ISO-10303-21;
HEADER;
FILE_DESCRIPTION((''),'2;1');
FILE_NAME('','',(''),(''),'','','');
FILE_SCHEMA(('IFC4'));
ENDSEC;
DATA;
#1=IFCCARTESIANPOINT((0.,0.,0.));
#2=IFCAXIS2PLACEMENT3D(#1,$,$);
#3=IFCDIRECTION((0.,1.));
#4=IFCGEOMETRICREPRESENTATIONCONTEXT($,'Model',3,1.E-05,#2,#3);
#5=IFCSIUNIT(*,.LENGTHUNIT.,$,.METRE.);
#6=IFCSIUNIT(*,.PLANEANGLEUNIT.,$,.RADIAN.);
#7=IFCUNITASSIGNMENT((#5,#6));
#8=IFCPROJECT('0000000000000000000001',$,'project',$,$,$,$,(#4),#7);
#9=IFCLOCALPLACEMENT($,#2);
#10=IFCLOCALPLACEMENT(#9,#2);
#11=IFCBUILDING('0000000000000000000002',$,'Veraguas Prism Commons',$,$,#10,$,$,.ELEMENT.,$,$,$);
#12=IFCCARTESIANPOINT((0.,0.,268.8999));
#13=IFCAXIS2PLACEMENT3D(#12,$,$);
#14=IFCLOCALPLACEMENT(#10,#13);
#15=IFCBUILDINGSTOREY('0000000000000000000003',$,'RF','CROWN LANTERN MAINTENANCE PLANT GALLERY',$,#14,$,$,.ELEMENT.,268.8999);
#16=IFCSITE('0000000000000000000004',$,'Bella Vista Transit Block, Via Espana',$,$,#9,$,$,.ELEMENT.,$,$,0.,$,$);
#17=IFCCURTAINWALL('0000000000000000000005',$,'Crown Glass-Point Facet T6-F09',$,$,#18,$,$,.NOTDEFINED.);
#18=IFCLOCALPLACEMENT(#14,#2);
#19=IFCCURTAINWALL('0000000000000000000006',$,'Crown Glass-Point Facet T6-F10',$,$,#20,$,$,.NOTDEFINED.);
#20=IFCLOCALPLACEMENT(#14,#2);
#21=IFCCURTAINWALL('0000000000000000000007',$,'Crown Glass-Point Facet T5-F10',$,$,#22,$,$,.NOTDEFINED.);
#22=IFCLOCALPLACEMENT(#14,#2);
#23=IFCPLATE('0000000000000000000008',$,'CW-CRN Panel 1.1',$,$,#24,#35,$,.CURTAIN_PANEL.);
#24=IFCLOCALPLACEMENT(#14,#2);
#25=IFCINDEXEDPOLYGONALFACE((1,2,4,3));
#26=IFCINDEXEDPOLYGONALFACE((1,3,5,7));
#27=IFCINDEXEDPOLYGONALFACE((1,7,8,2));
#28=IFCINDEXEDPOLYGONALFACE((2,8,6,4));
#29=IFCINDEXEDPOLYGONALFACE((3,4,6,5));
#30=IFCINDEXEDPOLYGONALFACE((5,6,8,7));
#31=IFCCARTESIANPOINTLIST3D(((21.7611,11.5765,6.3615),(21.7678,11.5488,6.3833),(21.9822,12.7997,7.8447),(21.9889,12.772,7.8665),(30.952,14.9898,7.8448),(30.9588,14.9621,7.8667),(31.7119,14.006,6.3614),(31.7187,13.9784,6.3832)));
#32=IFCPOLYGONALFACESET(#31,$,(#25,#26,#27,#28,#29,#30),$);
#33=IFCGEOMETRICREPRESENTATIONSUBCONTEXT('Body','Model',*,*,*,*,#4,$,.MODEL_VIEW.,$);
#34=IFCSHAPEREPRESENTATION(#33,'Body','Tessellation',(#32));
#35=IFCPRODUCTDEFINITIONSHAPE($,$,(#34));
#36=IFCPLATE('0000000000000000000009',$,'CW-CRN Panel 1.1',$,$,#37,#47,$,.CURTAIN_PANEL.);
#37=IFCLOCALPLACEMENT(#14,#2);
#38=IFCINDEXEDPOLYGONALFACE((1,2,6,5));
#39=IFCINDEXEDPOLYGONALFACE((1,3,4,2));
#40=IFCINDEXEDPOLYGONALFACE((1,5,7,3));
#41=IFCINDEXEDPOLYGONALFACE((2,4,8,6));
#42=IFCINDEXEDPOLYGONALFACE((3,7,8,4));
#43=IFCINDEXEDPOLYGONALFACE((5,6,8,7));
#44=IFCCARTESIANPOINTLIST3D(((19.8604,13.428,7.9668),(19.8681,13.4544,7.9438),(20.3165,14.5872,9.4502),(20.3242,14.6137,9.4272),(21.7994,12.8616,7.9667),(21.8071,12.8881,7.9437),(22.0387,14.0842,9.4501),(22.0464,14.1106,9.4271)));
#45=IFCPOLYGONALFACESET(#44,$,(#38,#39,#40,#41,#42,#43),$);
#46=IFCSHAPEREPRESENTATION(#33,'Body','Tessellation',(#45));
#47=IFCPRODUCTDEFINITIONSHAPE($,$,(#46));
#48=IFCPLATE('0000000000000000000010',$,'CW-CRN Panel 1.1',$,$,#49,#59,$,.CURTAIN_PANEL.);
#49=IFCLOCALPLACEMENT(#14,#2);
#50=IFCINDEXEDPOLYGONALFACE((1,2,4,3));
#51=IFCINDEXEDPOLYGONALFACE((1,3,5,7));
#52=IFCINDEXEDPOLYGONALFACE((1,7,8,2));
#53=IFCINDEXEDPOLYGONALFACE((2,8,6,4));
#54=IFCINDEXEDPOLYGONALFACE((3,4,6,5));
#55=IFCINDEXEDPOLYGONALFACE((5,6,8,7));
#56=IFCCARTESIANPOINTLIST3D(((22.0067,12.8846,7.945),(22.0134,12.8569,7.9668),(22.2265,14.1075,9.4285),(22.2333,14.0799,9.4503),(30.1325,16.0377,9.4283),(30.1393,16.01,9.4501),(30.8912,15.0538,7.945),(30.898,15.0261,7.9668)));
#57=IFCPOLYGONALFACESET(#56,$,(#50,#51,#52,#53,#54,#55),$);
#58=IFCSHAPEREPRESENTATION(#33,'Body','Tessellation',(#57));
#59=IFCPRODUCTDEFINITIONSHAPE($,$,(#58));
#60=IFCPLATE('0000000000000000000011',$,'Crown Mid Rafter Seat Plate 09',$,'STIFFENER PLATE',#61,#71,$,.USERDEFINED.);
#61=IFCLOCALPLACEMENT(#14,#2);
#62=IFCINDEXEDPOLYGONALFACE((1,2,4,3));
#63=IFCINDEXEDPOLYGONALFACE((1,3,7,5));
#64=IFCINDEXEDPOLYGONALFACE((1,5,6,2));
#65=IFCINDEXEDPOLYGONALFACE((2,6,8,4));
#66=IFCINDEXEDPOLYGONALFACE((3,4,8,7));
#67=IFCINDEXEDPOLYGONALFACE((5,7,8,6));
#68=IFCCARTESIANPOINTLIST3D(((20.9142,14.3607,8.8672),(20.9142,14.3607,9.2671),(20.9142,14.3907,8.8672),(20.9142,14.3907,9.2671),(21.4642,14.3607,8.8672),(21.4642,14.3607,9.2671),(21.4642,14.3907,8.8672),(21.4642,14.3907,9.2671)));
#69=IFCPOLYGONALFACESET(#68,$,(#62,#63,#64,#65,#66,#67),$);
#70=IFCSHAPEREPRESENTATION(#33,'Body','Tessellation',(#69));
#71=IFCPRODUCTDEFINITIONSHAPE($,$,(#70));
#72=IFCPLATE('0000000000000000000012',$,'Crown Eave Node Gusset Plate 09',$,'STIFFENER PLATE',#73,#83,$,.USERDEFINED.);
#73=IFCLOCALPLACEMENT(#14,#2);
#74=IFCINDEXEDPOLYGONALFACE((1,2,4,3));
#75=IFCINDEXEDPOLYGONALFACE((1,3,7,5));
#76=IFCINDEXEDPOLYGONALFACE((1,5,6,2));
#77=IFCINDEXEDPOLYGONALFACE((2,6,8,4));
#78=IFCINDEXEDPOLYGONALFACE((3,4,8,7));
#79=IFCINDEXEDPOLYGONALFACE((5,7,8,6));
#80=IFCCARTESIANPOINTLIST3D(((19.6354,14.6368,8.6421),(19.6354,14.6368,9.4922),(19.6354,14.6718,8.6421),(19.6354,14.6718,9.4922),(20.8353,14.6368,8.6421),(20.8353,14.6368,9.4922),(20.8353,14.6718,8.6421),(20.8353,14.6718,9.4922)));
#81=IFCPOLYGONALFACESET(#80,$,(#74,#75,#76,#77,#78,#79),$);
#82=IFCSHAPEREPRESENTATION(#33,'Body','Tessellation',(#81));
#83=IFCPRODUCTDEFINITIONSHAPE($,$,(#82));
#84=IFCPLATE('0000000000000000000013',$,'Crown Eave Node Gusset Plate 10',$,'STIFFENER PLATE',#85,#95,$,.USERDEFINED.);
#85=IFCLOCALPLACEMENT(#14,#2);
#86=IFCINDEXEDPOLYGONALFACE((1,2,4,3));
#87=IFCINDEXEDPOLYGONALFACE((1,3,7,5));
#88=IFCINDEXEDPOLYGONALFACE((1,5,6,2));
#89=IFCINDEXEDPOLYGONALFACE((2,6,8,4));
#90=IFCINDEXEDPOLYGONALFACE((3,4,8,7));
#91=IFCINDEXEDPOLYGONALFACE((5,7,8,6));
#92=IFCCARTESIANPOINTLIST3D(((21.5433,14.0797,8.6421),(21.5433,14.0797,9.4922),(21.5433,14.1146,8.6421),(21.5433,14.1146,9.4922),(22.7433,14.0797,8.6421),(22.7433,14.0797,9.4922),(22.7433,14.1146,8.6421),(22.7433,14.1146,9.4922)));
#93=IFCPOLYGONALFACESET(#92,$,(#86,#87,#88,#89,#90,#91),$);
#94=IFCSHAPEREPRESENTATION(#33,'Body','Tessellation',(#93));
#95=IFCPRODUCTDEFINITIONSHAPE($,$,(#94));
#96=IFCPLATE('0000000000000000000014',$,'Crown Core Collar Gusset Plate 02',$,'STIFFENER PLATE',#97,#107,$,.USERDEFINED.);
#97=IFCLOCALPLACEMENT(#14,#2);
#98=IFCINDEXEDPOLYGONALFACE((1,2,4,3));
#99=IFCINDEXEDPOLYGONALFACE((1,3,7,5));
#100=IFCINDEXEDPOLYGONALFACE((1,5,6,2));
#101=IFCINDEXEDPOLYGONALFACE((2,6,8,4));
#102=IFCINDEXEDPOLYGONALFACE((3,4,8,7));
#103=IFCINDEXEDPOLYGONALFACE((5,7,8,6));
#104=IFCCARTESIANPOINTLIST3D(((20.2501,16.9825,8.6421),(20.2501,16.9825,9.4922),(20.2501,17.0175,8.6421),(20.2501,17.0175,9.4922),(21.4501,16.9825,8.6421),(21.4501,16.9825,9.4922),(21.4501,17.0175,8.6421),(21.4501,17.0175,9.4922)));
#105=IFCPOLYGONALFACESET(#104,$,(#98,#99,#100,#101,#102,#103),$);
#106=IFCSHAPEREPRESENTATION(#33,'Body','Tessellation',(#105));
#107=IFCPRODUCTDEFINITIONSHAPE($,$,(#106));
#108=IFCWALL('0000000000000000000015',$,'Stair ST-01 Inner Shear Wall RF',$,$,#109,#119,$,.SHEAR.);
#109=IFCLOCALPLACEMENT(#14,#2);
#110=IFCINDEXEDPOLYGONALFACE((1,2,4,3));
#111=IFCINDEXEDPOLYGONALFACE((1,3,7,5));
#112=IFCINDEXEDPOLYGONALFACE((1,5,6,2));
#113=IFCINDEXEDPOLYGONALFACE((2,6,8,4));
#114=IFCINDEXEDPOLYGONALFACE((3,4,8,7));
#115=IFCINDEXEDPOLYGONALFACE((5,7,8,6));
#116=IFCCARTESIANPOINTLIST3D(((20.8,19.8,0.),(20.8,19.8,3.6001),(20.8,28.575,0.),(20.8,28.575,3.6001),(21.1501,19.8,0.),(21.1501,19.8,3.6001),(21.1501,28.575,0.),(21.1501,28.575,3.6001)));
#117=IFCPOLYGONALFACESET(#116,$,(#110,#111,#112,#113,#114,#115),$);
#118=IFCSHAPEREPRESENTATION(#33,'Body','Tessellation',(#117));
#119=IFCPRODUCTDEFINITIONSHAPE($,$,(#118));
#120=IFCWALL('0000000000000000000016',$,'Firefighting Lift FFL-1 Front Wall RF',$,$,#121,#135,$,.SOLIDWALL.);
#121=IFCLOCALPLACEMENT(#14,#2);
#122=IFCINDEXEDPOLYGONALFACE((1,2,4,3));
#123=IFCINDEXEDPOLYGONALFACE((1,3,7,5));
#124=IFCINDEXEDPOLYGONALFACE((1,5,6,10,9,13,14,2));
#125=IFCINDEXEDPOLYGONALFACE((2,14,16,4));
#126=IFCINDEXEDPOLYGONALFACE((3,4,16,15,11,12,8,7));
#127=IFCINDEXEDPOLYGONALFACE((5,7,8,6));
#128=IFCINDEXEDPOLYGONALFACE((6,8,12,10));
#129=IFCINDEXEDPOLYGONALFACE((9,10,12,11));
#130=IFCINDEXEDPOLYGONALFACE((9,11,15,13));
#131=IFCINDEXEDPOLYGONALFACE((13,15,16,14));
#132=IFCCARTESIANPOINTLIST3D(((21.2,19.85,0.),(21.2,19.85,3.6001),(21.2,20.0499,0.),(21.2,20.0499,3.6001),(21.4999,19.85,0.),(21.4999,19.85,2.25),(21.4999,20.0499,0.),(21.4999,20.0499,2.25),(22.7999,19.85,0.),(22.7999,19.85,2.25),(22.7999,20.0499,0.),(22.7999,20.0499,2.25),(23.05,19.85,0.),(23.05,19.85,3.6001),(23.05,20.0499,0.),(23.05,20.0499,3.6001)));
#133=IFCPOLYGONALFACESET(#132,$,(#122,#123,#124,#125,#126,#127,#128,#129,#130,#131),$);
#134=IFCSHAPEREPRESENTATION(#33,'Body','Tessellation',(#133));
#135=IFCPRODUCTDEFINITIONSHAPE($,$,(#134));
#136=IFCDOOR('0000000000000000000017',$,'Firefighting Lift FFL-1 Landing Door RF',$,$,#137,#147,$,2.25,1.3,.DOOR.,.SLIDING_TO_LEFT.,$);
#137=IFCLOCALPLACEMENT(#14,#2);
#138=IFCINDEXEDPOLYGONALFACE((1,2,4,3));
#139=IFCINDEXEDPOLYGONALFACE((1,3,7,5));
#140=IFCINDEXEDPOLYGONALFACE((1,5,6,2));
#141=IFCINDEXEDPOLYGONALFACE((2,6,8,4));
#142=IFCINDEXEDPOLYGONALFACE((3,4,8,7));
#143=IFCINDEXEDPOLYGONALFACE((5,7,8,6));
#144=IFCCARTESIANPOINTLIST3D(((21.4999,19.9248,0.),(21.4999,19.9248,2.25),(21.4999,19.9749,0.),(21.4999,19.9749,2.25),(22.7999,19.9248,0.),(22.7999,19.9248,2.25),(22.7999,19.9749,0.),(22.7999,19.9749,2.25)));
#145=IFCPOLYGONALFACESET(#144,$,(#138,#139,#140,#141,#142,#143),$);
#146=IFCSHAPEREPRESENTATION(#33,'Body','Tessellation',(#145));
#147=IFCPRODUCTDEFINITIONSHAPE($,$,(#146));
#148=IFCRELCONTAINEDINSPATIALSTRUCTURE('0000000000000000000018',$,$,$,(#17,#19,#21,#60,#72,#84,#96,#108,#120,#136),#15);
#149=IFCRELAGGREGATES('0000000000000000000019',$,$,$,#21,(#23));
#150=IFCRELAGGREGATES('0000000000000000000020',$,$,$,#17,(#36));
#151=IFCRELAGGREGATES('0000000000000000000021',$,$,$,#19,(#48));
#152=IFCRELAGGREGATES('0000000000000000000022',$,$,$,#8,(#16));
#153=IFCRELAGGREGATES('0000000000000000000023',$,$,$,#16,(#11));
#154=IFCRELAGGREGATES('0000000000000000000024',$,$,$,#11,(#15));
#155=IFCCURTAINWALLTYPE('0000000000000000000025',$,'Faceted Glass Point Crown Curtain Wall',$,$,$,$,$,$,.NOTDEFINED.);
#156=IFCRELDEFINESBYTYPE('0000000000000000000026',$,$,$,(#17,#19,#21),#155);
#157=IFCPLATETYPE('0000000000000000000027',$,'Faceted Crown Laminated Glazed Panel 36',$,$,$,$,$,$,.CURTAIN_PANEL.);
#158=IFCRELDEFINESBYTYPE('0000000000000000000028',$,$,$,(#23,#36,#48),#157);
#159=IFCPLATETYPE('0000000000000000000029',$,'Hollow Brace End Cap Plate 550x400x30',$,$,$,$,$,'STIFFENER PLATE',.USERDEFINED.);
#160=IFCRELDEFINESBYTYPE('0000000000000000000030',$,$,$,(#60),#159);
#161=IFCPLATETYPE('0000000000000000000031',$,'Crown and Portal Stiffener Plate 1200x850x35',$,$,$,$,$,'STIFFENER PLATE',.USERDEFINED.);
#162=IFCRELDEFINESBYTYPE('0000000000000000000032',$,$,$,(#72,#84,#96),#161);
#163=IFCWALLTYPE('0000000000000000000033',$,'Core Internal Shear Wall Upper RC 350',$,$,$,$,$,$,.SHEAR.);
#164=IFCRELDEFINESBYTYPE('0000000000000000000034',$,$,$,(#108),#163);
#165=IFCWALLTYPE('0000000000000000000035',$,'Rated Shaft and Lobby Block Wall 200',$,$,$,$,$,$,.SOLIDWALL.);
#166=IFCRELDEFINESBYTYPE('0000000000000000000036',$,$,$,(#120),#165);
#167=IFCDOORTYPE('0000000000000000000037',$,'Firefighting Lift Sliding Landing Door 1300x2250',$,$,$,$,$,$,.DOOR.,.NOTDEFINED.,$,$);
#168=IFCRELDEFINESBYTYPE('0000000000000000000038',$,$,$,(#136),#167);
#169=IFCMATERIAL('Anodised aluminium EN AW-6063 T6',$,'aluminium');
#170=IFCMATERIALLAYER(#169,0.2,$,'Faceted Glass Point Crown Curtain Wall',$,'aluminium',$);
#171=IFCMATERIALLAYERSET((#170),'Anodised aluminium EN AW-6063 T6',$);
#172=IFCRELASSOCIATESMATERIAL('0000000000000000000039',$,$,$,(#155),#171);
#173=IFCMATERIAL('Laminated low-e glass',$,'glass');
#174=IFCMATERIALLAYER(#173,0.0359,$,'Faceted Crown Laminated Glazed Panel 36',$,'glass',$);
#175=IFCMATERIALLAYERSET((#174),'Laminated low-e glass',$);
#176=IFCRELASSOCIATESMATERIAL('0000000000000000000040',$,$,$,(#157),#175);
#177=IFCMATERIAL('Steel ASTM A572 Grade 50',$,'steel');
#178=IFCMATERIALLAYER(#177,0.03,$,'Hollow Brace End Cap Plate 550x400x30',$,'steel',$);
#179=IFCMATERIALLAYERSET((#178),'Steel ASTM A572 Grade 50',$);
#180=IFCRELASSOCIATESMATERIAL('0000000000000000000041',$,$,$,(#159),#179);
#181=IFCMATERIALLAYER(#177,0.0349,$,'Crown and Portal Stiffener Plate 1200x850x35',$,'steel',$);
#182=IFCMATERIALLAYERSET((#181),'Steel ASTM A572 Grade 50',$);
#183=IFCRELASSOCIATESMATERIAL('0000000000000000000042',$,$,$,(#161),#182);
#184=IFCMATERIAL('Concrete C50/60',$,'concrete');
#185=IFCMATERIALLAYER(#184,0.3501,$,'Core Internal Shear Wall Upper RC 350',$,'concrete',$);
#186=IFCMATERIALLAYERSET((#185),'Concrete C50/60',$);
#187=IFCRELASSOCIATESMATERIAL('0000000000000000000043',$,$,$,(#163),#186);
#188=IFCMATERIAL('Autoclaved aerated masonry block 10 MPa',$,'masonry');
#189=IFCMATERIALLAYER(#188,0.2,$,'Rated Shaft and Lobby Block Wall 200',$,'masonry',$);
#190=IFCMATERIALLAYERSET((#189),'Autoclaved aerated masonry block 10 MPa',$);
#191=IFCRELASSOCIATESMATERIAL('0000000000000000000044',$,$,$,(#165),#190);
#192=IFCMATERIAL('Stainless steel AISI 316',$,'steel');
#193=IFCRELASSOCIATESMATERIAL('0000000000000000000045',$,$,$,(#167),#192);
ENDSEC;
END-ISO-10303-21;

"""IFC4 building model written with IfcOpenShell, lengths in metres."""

from ifc_helpers import new_model, si_unit, direction, frame, frame_2d, origin, origin_2d, place, context, subcontext, project, spatial, polyline, rectangle, outline, extrude, source, transform, mapped, material, layer, layer_set, type_object, element, fill, aggregate, save


model = new_model("IFC4")

# Units and contexts
model_context = context("Model", 3, precision=1e-05, world=origin(), true_north=direction((0.0, 1.0)))
body_context = subcontext(model_context, "Body", "Model", "MODEL_VIEW")
ifc_project = project(units=[si_unit("LENGTHUNIT", "METRE"), si_unit("PLANEANGLEUNIT", "RADIAN")], contexts=[model_context])

# Site, building, storey
site_placement = place(None, origin())
site = spatial("IfcSite", under=ifc_project, at=site_placement, Name="Bella Vista Transit Block, Via Espana", CompositionType="ELEMENT", RefElevation=0.0)
building_placement = place(site_placement, origin())
building = spatial("IfcBuilding", under=site, at=building_placement, Name="Veraguas Prism Commons", CompositionType="ELEMENT")
storey_placement = place(building_placement, frame((0.0, 0.0, 268.8999)))
storey = spatial("IfcBuildingStorey", under=building, at=storey_placement, Name="RF", Description="CROWN LANTERN MAINTENANCE PLANT GALLERY", CompositionType="ELEMENT", Elevation=268.8999)

# Shared definitions
ifc_material_1 = material(Name="Concrete C50/60", Category="concrete")

# Curtain wall
ifc_material_2 = material(Name="Anodised aluminium EN AW-6063 T6", Category="aluminium")
ifc_layer_1 = layer(ifc_material_2, 0.2, Name="Faceted Glass Point Crown Curtain Wall", Category="aluminium")
ifc_layer_set_1 = layer_set([ifc_layer_1], Name="Anodised aluminium EN AW-6063 T6")
curtain_wall_type = type_object("IfcCurtainWallType", Name="Faceted Glass Point Crown Curtain Wall", PredefinedType="NOTDEFINED", material=ifc_layer_set_1)
curtain_wall_1_placement = place(storey_placement, origin())
curtain_wall_1 = element("IfcCurtainWall", 1, at=curtain_wall_1_placement, inside=storey, type_object=curtain_wall_type, Name="Crown Glass-Point Facet T6-F09", PredefinedType="NOTDEFINED")

# Curtain wall
curtain_wall_2_placement = place(storey_placement, origin())
curtain_wall_2 = element("IfcCurtainWall", 2, at=curtain_wall_2_placement, inside=storey, type_object=curtain_wall_type, Name="Crown Glass-Point Facet T6-F10", PredefinedType="NOTDEFINED")

# Curtain wall
curtain_wall_3_placement = place(storey_placement, origin())
curtain_wall_3 = element("IfcCurtainWall", 3, at=curtain_wall_3_placement, inside=storey, type_object=curtain_wall_type, Name="Crown Glass-Point Facet T5-F10", PredefinedType="NOTDEFINED")

# Plates
ifc_material_3 = material(Name="Laminated low-e glass", Category="glass")
ifc_layer_2 = layer(ifc_material_3, 0.0359, Name="Faceted Crown Laminated Glazed Panel 36", Category="glass")
ifc_layer_set_2 = layer_set([ifc_layer_2], Name="Laminated low-e glass")
plate_type_1 = type_object("IfcPlateType", Name="Faceted Crown Laminated Glazed Panel 36", PredefinedType="CURTAIN_PANEL", material=ifc_layer_set_2)
plate_1_placement = place(storey_placement, frame((21.7678, 11.5488, 6.3833), z_axis=(0.188318, -0.771297, 0.607978), x_axis=(0.971464, 0.237185, -0.000007)))
plate_1 = element("IfcPlate", 4, at=plate_1_placement, type_object=plate_type_1, Name="CW-CRN Panel 1.1", PredefinedType="CURTAIN_PANEL", context=body_context, shape_type="SweptSolid", body=[
    extrude(outline(polyline([(0.0, 0.0), (10.2432, 0.0), (9.7383, 1.8684), (0.5049, 1.8682), (0.0, 0.0)])), origin(), (0.0, 0.0, -1.0), 0.0359),
])
aggregate(curtain_wall_3, [plate_1])
plate_2_placement = place(storey_placement, frame((19.8604, 13.428, 7.9668), z_axis=(-0.215047, -0.736317, 0.641555), x_axis=(0.959893, -0.280368, -0.000027)))
plate_2 = element("IfcPlate", 5, at=plate_2_placement, type_object=plate_type_1, Name="CW-CRN Panel 1.1", PredefinedType="CURTAIN_PANEL", context=body_context, shape_type="SweptSolid", body=[
    extrude(outline(polyline([(0.0, 0.0), (2.02, 0.0), (1.907, 1.9338), (0.1128, 1.9338), (0.0, 0.0)])), origin(), (0.0, 0.0, -1.0), 0.0359),
])
aggregate(curtain_wall_1, [plate_2])
plate_3_placement = place(storey_placement, frame((22.0134, 12.8569, 7.9668), z_axis=(0.188321, -0.771328, 0.607938), x_axis=(0.971464, 0.237185, 0.000001)))
plate_3 = element("IfcPlate", 6, at=plate_3_placement, type_object=plate_type_1, Name="CW-CRN Panel 1.1", PredefinedType="CURTAIN_PANEL", context=body_context, shape_type="SweptSolid", body=[
    extrude(outline(polyline([(0.0, 0.0), (9.1455, 0.0), (8.6418, 1.8682), (0.5037, 1.8684), (0.0, 0.0)])), origin(), (0.0, 0.0, -1.0), 0.0359),
])
aggregate(curtain_wall_2, [plate_3])

# Plates
ifc_material_4 = material(Name="Steel ASTM A572 Grade 50", Category="steel")
ifc_layer_3 = layer(ifc_material_4, 0.03, Name="Hollow Brace End Cap Plate 550x400x30", Category="steel")
ifc_layer_set_3 = layer_set([ifc_layer_3], Name="Steel ASTM A572 Grade 50")
plate_type_2 = type_object("IfcPlateType", Name="Hollow Brace End Cap Plate 550x400x30", ElementType="STIFFENER PLATE", PredefinedType="USERDEFINED", material=ifc_layer_set_3)
shared_shape_1 = source(origin(), body_context, "Body", "SweptSolid", [
    extrude(rectangle(XDim=0.55, YDim=0.03, at=origin_2d()), origin(), (0.0, 0.0, 1.0), 0.3999),
])
plate_4_placement = place(storey_placement, frame((21.1892, 14.3757, 8.8672), z_axis=(0.0, 0.0, 1.0), x_axis=(1.0, 0.0, 0.0)))
element("IfcPlate", 7, at=plate_4_placement, inside=storey, type_object=plate_type_2, Name="Crown Mid Rafter Seat Plate 09", ObjectType="STIFFENER PLATE", PredefinedType="USERDEFINED", context=body_context, shape_type="MappedRepresentation", body=[
    mapped(shared_shape_1, transform((0.0, 0.0, 0.0), scale=1.0)),
])
ifc_layer_4 = layer(ifc_material_4, 0.0349, Name="Crown and Portal Stiffener Plate 1200x850x35", Category="steel")
ifc_layer_set_4 = layer_set([ifc_layer_4], Name="Steel ASTM A572 Grade 50")
plate_type_3 = type_object("IfcPlateType", Name="Crown and Portal Stiffener Plate 1200x850x35", ElementType="STIFFENER PLATE", PredefinedType="USERDEFINED", material=ifc_layer_set_4)
shared_shape_2 = source(origin(), body_context, "Body", "SweptSolid", [
    extrude(rectangle(XDim=1.2, YDim=0.0349, at=origin_2d()), origin(), (0.0, 0.0, 1.0), 0.8501),
])
for number, where, z_axis, x_axis, name in (
    (8, (20.2354, 14.6543, 8.6421), (0.0, 0.0, 1.0), (1.0, 0.0, 0.0), "Crown Eave Node Gusset Plate 09"),
    (9, (22.1433, 14.0972, 8.6421), (0.0, 0.0, 1.0), (1.0, 0.0, 0.0), "Crown Eave Node Gusset Plate 10"),
    (10, (20.8501, 17.0, 8.6421), (0.0, 0.0, 1.0), (1.0, 0.0, 0.0), "Crown Core Collar Gusset Plate 02"),
):
    element("IfcPlate", number, at=place(storey_placement, frame(where, z_axis=z_axis, x_axis=x_axis)), inside=storey, type_object=plate_type_3, Name=name, ObjectType="STIFFENER PLATE", PredefinedType="USERDEFINED", context=body_context, shape_type="MappedRepresentation", body=[
        mapped(shared_shape_2, transform((0.0, 0.0, 0.0), scale=1.0)),
    ])

# Wall
ifc_layer_5 = layer(ifc_material_1, 0.3501, Name="Core Internal Shear Wall Upper RC 350", Category="concrete")
ifc_layer_set_5 = layer_set([ifc_layer_5], Name="Concrete C50/60")
wall_type_1 = type_object("IfcWallType", Name="Core Internal Shear Wall Upper RC 350", PredefinedType="SHEAR", material=ifc_layer_set_5)
wall_1_placement = place(storey_placement, frame((20.9751, 19.8, 0.0), z_axis=(0.0, 0.0, 1.0), x_axis=(0.0, 1.0, 0.0)))
element("IfcWall", 11, at=wall_1_placement, inside=storey, type_object=wall_type_1, Name="Stair ST-01 Inner Shear Wall RF", PredefinedType="SHEAR", context=body_context, shape_type="SweptSolid", body=[
    extrude(rectangle(XDim=8.7749, YDim=0.3501, at=frame_2d((4.3875, 0.0))), origin(), (0.0, 0.0, 1.0), 3.6001),
])

# Wall, opening, door
ifc_material_5 = material(Name="Autoclaved aerated masonry block 10 MPa", Category="masonry")
ifc_layer_6 = layer(ifc_material_5, 0.2, Name="Rated Shaft and Lobby Block Wall 200", Category="masonry")
ifc_layer_set_6 = layer_set([ifc_layer_6], Name="Autoclaved aerated masonry block 10 MPa")
wall_type_2 = type_object("IfcWallType", Name="Rated Shaft and Lobby Block Wall 200", PredefinedType="SOLIDWALL", material=ifc_layer_set_6)
wall_2_placement = place(storey_placement, frame((21.2, 19.95, 0.0), z_axis=(0.0, 0.0, 1.0), x_axis=(1.0, 0.0, 0.0)))
wall_2 = element("IfcWall", 12, at=wall_2_placement, inside=storey, type_object=wall_type_2, Name="Firefighting Lift FFL-1 Front Wall RF", PredefinedType="SOLIDWALL", context=body_context, shape_type="SweptSolid", body=[
    extrude(rectangle(XDim=1.8501, YDim=0.2, at=frame_2d((0.925, 0.0))), origin(), (0.0, 0.0, 1.0), 3.6001),
])
opening_placement = place(wall_2_placement, frame((0.3, 0.0, 0.0)))
opening = element("IfcOpeningElement", 13, at=opening_placement, cuts=wall_2, PredefinedType="OPENING", context=body_context, shape_type="SweptSolid", body=[
    extrude(rectangle(XDim=1.3, YDim=2.25, at=frame_2d((0.6499, 1.125))), frame((0.0, 0.1099, 0.0), z_axis=(0.0, -1.0, 0.0), x_axis=(1.0, 0.0, 0.0)), (0.0, 0.0, 1.0), 0.22),
])
ifc_material_6 = material(Name="Stainless steel AISI 316", Category="steel")
door_type = type_object("IfcDoorType", Name="Firefighting Lift Sliding Landing Door 1300x2250", OperationType="NOTDEFINED", PredefinedType="DOOR", material=ifc_material_6)
shared_shape_3 = source(origin(), body_context, "Body", "SweptSolid", [
    extrude(rectangle(XDim=1.3, YDim=2.25, at=frame_2d((0.6499, 1.125))), frame((0.0, 0.0249, 0.0), z_axis=(0.0, -1.0, 0.0), x_axis=(1.0, 0.0, 0.0)), (0.0, 0.0, 1.0), 0.05),
])
door_placement = place(opening_placement, origin())
door = element("IfcDoor", 14, at=door_placement, inside=storey, type_object=door_type, Name="Firefighting Lift FFL-1 Landing Door RF", OperationType="SLIDING_TO_LEFT", OverallHeight=2.25, OverallWidth=1.3, PredefinedType="DOOR", context=body_context, shape_type="MappedRepresentation", body=[
    mapped(shared_shape_3, transform((0.0, 0.0, 0.0), scale=1.0)),
])
fill(opening, door)

save(model, "model.ifc")
